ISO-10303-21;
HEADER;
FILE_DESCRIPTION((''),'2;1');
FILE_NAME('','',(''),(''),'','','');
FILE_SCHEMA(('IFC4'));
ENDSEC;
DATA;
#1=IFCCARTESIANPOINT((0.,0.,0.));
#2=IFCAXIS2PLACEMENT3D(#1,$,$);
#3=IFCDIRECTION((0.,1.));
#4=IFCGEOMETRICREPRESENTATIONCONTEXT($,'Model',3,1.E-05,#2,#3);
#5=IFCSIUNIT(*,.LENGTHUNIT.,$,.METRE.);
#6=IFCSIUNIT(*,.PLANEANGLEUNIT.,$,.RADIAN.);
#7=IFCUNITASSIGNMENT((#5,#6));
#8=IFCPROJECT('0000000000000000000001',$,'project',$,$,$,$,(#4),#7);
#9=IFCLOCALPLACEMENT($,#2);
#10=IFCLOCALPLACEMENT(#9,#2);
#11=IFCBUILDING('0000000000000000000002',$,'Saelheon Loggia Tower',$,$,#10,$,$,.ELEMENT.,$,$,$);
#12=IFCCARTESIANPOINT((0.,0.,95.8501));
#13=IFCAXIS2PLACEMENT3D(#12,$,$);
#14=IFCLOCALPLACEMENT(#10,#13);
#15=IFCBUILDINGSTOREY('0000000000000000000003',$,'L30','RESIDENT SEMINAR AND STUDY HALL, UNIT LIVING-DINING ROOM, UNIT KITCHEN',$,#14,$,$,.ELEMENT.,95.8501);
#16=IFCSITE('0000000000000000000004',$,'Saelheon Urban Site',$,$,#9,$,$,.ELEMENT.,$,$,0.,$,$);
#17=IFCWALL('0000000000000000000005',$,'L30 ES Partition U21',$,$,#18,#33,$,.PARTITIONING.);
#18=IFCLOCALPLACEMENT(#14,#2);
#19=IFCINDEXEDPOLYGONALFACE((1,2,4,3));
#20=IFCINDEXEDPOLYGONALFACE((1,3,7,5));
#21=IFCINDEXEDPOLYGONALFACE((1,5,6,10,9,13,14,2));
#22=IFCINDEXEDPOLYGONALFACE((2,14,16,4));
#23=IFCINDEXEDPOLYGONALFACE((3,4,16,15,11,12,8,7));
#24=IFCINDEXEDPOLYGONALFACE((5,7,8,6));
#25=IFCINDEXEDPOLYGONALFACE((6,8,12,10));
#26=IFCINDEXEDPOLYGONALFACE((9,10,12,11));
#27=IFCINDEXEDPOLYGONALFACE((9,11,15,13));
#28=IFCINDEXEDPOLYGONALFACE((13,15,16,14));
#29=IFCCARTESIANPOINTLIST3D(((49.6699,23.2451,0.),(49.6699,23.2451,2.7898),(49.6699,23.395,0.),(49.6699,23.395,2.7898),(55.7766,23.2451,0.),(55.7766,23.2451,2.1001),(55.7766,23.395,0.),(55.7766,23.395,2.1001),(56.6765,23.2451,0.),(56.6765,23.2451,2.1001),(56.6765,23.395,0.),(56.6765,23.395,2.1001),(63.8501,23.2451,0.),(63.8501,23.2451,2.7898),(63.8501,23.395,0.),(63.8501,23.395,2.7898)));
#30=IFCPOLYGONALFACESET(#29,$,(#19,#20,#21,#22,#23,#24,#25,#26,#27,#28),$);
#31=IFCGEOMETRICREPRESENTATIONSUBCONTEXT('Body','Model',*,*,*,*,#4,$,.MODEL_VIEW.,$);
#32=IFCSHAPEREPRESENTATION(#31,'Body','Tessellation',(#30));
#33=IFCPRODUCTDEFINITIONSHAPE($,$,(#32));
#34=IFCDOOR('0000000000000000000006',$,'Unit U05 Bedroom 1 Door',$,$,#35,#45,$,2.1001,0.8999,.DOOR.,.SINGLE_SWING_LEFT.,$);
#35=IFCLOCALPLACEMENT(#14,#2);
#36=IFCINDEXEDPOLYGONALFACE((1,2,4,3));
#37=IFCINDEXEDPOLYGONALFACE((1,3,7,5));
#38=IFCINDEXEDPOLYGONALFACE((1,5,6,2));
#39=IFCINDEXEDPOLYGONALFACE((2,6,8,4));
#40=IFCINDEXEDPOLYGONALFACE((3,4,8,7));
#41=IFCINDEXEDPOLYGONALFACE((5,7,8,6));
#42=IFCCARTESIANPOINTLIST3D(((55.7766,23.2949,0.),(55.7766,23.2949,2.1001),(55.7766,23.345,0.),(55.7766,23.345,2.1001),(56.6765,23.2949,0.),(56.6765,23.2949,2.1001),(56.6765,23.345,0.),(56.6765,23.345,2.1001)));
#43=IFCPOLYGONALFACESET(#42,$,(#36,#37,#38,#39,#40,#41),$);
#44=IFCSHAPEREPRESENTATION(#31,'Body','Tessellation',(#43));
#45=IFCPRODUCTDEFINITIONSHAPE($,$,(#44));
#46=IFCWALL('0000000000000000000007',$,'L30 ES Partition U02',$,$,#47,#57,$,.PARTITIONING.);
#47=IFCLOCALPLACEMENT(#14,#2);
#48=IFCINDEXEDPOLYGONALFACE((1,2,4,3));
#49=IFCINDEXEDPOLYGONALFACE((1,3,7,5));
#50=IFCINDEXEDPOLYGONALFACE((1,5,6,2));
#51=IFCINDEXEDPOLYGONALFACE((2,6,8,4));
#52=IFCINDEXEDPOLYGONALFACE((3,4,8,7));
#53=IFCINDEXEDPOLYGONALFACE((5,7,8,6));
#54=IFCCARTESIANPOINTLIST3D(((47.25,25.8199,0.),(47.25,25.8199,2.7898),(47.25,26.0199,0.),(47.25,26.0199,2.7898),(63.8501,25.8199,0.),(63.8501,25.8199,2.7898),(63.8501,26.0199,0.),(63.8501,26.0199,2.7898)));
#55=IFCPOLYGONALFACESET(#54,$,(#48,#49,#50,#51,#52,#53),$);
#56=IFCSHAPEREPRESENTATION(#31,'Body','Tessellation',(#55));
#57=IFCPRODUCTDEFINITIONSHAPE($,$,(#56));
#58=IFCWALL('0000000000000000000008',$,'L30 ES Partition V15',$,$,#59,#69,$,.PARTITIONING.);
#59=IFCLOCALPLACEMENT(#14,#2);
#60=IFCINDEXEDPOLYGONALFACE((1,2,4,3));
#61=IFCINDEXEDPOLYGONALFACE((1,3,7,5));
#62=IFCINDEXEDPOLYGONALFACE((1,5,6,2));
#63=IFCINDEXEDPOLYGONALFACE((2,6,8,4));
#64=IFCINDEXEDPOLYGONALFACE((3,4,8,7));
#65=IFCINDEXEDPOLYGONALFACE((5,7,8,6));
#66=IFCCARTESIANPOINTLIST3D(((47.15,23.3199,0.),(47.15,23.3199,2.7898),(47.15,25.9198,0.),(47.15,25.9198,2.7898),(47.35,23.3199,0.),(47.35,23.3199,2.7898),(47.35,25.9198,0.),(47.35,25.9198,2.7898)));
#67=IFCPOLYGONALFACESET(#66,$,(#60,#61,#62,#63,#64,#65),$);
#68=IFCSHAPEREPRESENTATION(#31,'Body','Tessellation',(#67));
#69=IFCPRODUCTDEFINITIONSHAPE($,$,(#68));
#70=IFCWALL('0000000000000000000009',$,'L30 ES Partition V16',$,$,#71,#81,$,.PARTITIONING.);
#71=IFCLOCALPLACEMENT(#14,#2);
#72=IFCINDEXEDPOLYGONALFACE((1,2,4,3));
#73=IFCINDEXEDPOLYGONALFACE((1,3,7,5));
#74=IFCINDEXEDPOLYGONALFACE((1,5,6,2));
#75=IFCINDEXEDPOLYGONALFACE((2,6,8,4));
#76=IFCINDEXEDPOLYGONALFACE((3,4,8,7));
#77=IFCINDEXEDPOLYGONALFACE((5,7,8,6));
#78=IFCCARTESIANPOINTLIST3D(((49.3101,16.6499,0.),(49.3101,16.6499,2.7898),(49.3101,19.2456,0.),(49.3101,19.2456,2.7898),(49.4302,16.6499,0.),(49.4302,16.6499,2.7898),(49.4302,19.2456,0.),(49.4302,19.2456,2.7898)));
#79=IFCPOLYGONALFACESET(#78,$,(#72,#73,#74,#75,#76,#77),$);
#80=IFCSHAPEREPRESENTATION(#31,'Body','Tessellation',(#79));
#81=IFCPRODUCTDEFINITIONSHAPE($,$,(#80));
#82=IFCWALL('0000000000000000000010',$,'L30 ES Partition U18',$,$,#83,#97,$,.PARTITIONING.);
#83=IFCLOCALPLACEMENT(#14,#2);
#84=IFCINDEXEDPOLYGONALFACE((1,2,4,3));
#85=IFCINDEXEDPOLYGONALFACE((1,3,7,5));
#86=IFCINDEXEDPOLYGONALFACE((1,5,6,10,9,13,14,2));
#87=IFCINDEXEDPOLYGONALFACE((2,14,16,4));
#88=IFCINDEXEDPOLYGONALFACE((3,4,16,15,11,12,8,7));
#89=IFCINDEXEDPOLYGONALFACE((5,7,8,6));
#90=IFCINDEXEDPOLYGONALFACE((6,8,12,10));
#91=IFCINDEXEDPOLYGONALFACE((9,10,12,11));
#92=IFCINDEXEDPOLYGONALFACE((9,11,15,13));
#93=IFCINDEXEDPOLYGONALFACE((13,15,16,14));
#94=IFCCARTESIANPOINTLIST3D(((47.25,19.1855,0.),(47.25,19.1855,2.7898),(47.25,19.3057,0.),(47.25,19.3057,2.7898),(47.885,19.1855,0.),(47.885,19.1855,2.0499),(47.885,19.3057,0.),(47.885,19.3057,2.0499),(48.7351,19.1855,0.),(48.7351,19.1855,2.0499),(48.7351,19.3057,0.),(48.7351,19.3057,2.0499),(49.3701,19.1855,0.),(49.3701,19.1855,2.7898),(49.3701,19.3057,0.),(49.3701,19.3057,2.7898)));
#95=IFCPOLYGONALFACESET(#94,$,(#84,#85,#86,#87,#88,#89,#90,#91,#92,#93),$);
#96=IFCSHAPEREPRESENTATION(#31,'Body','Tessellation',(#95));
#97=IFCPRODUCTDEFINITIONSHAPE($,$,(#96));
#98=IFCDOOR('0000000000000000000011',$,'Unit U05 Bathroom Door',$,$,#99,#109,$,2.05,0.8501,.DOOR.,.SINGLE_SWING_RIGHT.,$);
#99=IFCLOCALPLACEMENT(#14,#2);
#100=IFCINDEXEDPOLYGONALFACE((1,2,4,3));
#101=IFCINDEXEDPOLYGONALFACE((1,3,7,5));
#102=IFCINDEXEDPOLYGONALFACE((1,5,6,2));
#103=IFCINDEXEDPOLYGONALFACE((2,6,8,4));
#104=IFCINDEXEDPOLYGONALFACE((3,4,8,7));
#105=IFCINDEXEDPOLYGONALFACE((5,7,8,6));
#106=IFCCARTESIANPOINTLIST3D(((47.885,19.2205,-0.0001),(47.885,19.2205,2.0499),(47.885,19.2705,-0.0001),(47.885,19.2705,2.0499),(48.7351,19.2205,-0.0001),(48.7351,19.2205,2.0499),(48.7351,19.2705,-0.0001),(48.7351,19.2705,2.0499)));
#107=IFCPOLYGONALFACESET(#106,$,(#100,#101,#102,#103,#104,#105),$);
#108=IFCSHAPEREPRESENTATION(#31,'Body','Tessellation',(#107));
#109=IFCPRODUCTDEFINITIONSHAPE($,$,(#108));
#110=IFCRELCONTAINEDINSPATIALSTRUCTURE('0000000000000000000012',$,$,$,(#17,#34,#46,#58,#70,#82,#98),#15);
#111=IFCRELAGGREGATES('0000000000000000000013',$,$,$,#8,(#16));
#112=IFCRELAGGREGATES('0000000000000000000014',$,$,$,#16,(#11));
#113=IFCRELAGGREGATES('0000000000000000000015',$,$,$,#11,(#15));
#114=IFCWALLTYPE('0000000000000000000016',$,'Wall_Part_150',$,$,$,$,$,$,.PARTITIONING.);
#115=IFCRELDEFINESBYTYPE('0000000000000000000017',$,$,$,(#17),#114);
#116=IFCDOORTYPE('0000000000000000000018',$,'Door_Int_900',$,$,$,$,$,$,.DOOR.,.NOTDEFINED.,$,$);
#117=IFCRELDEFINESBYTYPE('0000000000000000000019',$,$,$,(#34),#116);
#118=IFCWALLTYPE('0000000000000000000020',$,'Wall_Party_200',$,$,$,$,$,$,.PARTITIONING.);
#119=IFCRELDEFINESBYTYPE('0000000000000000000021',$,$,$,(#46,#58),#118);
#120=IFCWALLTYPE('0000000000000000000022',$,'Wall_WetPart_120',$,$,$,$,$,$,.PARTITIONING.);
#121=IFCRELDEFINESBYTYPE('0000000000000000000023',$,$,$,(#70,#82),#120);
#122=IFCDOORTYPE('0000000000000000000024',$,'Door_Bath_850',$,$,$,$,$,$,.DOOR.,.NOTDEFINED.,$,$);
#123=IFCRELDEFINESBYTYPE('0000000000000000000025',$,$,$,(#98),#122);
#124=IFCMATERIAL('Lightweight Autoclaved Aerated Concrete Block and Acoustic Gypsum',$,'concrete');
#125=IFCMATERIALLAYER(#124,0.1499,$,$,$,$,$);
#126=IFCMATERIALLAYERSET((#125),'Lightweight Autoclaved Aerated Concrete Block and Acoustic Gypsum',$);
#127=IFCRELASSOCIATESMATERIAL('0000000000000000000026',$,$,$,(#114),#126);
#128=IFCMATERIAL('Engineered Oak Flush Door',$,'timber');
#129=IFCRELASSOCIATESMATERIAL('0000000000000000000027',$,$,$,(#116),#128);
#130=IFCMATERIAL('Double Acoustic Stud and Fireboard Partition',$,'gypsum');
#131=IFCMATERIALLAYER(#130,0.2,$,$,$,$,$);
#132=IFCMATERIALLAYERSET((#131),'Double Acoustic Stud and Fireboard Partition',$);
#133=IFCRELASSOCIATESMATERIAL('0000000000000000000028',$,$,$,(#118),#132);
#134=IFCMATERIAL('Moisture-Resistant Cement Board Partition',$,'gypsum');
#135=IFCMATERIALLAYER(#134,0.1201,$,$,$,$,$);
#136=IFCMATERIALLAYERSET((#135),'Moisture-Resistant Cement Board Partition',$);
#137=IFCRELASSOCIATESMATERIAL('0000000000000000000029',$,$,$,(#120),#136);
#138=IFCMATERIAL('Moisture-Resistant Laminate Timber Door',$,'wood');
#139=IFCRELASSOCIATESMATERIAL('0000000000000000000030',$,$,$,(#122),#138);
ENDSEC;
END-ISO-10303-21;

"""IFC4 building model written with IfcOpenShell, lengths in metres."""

from ifc_helpers import new_model, si_unit, direction, frame, frame_2d, origin, place, context, subcontext, project, spatial, rectangle, extrude, source, transform, mapped, material, layer, layer_set, type_object, element, fill, save


model = new_model("IFC4")

# Units and contexts
model_context = context("Model", 3, precision=1e-05, world=origin(), true_north=direction((0.0, 1.0)))
body_context = subcontext(model_context, "Body", "Model", "MODEL_VIEW")
ifc_project = project(units=[si_unit("LENGTHUNIT", "METRE"), si_unit("PLANEANGLEUNIT", "RADIAN")], contexts=[model_context])

# Site, building, storey
site_placement = place(None, origin())
site = spatial("IfcSite", under=ifc_project, at=site_placement, Name="Saelheon Urban Site", CompositionType="ELEMENT", RefElevation=0.0)
building_placement = place(site_placement, origin())
building = spatial("IfcBuilding", under=site, at=building_placement, Name="Saelheon Loggia Tower", CompositionType="ELEMENT")
storey_placement = place(building_placement, frame((0.0, 0.0, 95.8501)))
storey = spatial("IfcBuildingStorey", under=building, at=storey_placement, Name="L30", Description="RESIDENT SEMINAR AND STUDY HALL, UNIT LIVING-DINING ROOM, UNIT KITCHEN", CompositionType="ELEMENT", Elevation=95.8501)

# Shared definitions
ifc_material_1 = material(Name="Lightweight Autoclaved Aerated Concrete Block and Acoustic Gypsum", Category="concrete")
ifc_layer_1 = layer(ifc_material_1, 0.1499)
ifc_layer_set_1 = layer_set([ifc_layer_1], Name="Lightweight Autoclaved Aerated Concrete Block and Acoustic Gypsum")
wall_type_1 = type_object("IfcWallType", Name="Wall_Part_150", PredefinedType="PARTITIONING", material=ifc_layer_set_1)

# Wall, opening, door
ifc_material_2 = material(Name="Engineered Oak Flush Door", Category="timber")
door_type_1 = type_object("IfcDoorType", Name="Door_Int_900", OperationType="NOTDEFINED", PredefinedType="DOOR", material=ifc_material_2)
shared_shape_1 = source(origin(), body_context, "Body", "SweptSolid", [
    extrude(rectangle(XDim=0.8999, YDim=2.1001, at=frame_2d((0.45, 1.05))), frame((0.0, 0.0249, 0.0), z_axis=(0.0, -1.0, 0.0), x_axis=(1.0, 0.0, 0.0)), (0.0, 0.0, 1.0), 0.05),
])
wall_1_placement = place(storey_placement, frame((49.6699, 23.3201, 0.0), z_axis=(0.0, 0.0, 1.0), x_axis=(1.0, 0.0, 0.0)))
wall_1 = element("IfcWall", 1, at=wall_1_placement, inside=storey, type_object=wall_type_1, Name="L30 ES Partition U21", PredefinedType="PARTITIONING", context=body_context, shape_type="SweptSolid", body=[
    extrude(rectangle(XDim=14.1802, YDim=0.1499, at=frame_2d((7.0901, 0.0))), origin(), (0.0, 0.0, 1.0), 2.7898),
])
opening_1_placement = place(wall_1_placement, frame((6.1067, 0.0, 0.0)))
opening_1 = element("IfcOpeningElement", 2, at=opening_1_placement, cuts=wall_1, PredefinedType="OPENING", context=body_context, shape_type="SweptSolid", body=[
    extrude(rectangle(XDim=0.8999, YDim=2.1001, at=frame_2d((0.45, 1.05))), frame((0.0, 0.0869, 0.0), z_axis=(0.0, -1.0, 0.0), x_axis=(1.0, 0.0, 0.0)), (0.0, 0.0, 1.0), 0.1738),
])
door_1_placement = place(opening_1_placement, origin())
door_1 = element("IfcDoor", 3, at=door_1_placement, inside=storey, type_object=door_type_1, Name="Unit U05 Bedroom 1 Door", OperationType="SINGLE_SWING_LEFT", OverallHeight=2.1001, OverallWidth=0.8999, PredefinedType="DOOR", context=body_context, shape_type="MappedRepresentation", body=[
    mapped(shared_shape_1, transform((0.0, 0.0, 0.0), scale=1.0)),
])
fill(opening_1, door_1)

# Walls
ifc_material_3 = material(Name="Double Acoustic Stud and Fireboard Partition", Category="gypsum")
ifc_layer_2 = layer(ifc_material_3, 0.2)
ifc_layer_set_2 = layer_set([ifc_layer_2], Name="Double Acoustic Stud and Fireboard Partition")
wall_type_2 = type_object("IfcWallType", Name="Wall_Party_200", PredefinedType="PARTITIONING", material=ifc_layer_set_2)
wall_2_placement = place(storey_placement, frame((47.25, 25.9199, 0.0), z_axis=(0.0, 0.0, 1.0), x_axis=(1.0, 0.0, 0.0)))
element("IfcWall", 4, at=wall_2_placement, inside=storey, type_object=wall_type_2, Name="L30 ES Partition U02", PredefinedType="PARTITIONING", context=body_context, shape_type="SweptSolid", body=[
    extrude(rectangle(XDim=16.6001, YDim=0.2, at=frame_2d((8.3, 0.0))), origin(), (0.0, 0.0, 1.0), 2.7898),
])
wall_3_placement = place(storey_placement, frame((47.25, 23.3201, 0.0), z_axis=(0.0, 0.0, 1.0), x_axis=(0.0, 1.0, 0.0)))
element("IfcWall", 5, at=wall_3_placement, inside=storey, type_object=wall_type_2, Name="L30 ES Partition V15", PredefinedType="PARTITIONING", context=body_context, shape_type="SweptSolid", body=[
    extrude(rectangle(XDim=2.5999, YDim=0.2, at=frame_2d((1.2998, 0.0))), origin(), (0.0, 0.0, 1.0), 2.7898),
])
ifc_material_4 = material(Name="Moisture-Resistant Cement Board Partition", Category="gypsum")
ifc_layer_3 = layer(ifc_material_4, 0.1201)
ifc_layer_set_3 = layer_set([ifc_layer_3], Name="Moisture-Resistant Cement Board Partition")
wall_type_3 = type_object("IfcWallType", Name="Wall_WetPart_120", PredefinedType="PARTITIONING", material=ifc_layer_set_3)
wall_4_placement = place(storey_placement, frame((49.3701, 16.6499, 0.0), z_axis=(0.0, 0.0, 1.0), x_axis=(0.0, 1.0, 0.0)))
element("IfcWall", 6, at=wall_4_placement, inside=storey, type_object=wall_type_3, Name="L30 ES Partition V16", PredefinedType="PARTITIONING", context=body_context, shape_type="SweptSolid", body=[
    extrude(rectangle(XDim=2.5957, YDim=0.1201, at=frame_2d((1.2979, 0.0))), origin(), (0.0, 0.0, 1.0), 2.7898),
])

# Wall, opening, door
wall_5_placement = place(storey_placement, frame((47.25, 19.2456, 0.0), z_axis=(0.0, 0.0, 1.0), x_axis=(1.0, 0.0, 0.0)))
wall_5 = element("IfcWall", 7, at=wall_5_placement, inside=storey, type_object=wall_type_3, Name="L30 ES Partition U18", PredefinedType="PARTITIONING", context=body_context, shape_type="SweptSolid", body=[
    extrude(rectangle(XDim=2.1201, YDim=0.1201, at=frame_2d((1.0601, 0.0))), origin(), (0.0, 0.0, 1.0), 2.7898),
])
opening_2_placement = place(wall_5_placement, frame((0.635, 0.0, 0.0)))
opening_2 = element("IfcOpeningElement", 8, at=opening_2_placement, cuts=wall_5, PredefinedType="OPENING", context=body_context, shape_type="SweptSolid", body=[
    extrude(rectangle(XDim=0.8501, YDim=2.05, at=frame_2d((0.425, 1.0249))), frame((0.0, 0.072, 0.0), z_axis=(0.0, -1.0, 0.0), x_axis=(1.0, 0.0, 0.0)), (0.0, 0.0, 1.0), 0.144),
])
ifc_material_5 = material(Name="Moisture-Resistant Laminate Timber Door", Category="wood")
door_type_2 = type_object("IfcDoorType", Name="Door_Bath_850", OperationType="NOTDEFINED", PredefinedType="DOOR", material=ifc_material_5)
shared_shape_2 = source(origin(), body_context, "Body", "SweptSolid", [
    extrude(rectangle(XDim=0.8501, YDim=2.05, at=frame_2d((0.425, 1.0249))), frame((0.0, 0.0249, 0.0), z_axis=(0.0, -1.0, 0.0), x_axis=(1.0, 0.0, 0.0)), (0.0, 0.0, 1.0), 0.05),
])
door_2_placement = place(opening_2_placement, origin())
door_2 = element("IfcDoor", 9, at=door_2_placement, inside=storey, type_object=door_type_2, Name="Unit U05 Bathroom Door", OperationType="SINGLE_SWING_RIGHT", OverallHeight=2.05, OverallWidth=0.8501, PredefinedType="DOOR", context=body_context, shape_type="MappedRepresentation", body=[
    mapped(shared_shape_2, transform((0.0, 0.0, 0.0), scale=1.0)),
])
fill(opening_2, door_2)

save(model, "model.ifc")
